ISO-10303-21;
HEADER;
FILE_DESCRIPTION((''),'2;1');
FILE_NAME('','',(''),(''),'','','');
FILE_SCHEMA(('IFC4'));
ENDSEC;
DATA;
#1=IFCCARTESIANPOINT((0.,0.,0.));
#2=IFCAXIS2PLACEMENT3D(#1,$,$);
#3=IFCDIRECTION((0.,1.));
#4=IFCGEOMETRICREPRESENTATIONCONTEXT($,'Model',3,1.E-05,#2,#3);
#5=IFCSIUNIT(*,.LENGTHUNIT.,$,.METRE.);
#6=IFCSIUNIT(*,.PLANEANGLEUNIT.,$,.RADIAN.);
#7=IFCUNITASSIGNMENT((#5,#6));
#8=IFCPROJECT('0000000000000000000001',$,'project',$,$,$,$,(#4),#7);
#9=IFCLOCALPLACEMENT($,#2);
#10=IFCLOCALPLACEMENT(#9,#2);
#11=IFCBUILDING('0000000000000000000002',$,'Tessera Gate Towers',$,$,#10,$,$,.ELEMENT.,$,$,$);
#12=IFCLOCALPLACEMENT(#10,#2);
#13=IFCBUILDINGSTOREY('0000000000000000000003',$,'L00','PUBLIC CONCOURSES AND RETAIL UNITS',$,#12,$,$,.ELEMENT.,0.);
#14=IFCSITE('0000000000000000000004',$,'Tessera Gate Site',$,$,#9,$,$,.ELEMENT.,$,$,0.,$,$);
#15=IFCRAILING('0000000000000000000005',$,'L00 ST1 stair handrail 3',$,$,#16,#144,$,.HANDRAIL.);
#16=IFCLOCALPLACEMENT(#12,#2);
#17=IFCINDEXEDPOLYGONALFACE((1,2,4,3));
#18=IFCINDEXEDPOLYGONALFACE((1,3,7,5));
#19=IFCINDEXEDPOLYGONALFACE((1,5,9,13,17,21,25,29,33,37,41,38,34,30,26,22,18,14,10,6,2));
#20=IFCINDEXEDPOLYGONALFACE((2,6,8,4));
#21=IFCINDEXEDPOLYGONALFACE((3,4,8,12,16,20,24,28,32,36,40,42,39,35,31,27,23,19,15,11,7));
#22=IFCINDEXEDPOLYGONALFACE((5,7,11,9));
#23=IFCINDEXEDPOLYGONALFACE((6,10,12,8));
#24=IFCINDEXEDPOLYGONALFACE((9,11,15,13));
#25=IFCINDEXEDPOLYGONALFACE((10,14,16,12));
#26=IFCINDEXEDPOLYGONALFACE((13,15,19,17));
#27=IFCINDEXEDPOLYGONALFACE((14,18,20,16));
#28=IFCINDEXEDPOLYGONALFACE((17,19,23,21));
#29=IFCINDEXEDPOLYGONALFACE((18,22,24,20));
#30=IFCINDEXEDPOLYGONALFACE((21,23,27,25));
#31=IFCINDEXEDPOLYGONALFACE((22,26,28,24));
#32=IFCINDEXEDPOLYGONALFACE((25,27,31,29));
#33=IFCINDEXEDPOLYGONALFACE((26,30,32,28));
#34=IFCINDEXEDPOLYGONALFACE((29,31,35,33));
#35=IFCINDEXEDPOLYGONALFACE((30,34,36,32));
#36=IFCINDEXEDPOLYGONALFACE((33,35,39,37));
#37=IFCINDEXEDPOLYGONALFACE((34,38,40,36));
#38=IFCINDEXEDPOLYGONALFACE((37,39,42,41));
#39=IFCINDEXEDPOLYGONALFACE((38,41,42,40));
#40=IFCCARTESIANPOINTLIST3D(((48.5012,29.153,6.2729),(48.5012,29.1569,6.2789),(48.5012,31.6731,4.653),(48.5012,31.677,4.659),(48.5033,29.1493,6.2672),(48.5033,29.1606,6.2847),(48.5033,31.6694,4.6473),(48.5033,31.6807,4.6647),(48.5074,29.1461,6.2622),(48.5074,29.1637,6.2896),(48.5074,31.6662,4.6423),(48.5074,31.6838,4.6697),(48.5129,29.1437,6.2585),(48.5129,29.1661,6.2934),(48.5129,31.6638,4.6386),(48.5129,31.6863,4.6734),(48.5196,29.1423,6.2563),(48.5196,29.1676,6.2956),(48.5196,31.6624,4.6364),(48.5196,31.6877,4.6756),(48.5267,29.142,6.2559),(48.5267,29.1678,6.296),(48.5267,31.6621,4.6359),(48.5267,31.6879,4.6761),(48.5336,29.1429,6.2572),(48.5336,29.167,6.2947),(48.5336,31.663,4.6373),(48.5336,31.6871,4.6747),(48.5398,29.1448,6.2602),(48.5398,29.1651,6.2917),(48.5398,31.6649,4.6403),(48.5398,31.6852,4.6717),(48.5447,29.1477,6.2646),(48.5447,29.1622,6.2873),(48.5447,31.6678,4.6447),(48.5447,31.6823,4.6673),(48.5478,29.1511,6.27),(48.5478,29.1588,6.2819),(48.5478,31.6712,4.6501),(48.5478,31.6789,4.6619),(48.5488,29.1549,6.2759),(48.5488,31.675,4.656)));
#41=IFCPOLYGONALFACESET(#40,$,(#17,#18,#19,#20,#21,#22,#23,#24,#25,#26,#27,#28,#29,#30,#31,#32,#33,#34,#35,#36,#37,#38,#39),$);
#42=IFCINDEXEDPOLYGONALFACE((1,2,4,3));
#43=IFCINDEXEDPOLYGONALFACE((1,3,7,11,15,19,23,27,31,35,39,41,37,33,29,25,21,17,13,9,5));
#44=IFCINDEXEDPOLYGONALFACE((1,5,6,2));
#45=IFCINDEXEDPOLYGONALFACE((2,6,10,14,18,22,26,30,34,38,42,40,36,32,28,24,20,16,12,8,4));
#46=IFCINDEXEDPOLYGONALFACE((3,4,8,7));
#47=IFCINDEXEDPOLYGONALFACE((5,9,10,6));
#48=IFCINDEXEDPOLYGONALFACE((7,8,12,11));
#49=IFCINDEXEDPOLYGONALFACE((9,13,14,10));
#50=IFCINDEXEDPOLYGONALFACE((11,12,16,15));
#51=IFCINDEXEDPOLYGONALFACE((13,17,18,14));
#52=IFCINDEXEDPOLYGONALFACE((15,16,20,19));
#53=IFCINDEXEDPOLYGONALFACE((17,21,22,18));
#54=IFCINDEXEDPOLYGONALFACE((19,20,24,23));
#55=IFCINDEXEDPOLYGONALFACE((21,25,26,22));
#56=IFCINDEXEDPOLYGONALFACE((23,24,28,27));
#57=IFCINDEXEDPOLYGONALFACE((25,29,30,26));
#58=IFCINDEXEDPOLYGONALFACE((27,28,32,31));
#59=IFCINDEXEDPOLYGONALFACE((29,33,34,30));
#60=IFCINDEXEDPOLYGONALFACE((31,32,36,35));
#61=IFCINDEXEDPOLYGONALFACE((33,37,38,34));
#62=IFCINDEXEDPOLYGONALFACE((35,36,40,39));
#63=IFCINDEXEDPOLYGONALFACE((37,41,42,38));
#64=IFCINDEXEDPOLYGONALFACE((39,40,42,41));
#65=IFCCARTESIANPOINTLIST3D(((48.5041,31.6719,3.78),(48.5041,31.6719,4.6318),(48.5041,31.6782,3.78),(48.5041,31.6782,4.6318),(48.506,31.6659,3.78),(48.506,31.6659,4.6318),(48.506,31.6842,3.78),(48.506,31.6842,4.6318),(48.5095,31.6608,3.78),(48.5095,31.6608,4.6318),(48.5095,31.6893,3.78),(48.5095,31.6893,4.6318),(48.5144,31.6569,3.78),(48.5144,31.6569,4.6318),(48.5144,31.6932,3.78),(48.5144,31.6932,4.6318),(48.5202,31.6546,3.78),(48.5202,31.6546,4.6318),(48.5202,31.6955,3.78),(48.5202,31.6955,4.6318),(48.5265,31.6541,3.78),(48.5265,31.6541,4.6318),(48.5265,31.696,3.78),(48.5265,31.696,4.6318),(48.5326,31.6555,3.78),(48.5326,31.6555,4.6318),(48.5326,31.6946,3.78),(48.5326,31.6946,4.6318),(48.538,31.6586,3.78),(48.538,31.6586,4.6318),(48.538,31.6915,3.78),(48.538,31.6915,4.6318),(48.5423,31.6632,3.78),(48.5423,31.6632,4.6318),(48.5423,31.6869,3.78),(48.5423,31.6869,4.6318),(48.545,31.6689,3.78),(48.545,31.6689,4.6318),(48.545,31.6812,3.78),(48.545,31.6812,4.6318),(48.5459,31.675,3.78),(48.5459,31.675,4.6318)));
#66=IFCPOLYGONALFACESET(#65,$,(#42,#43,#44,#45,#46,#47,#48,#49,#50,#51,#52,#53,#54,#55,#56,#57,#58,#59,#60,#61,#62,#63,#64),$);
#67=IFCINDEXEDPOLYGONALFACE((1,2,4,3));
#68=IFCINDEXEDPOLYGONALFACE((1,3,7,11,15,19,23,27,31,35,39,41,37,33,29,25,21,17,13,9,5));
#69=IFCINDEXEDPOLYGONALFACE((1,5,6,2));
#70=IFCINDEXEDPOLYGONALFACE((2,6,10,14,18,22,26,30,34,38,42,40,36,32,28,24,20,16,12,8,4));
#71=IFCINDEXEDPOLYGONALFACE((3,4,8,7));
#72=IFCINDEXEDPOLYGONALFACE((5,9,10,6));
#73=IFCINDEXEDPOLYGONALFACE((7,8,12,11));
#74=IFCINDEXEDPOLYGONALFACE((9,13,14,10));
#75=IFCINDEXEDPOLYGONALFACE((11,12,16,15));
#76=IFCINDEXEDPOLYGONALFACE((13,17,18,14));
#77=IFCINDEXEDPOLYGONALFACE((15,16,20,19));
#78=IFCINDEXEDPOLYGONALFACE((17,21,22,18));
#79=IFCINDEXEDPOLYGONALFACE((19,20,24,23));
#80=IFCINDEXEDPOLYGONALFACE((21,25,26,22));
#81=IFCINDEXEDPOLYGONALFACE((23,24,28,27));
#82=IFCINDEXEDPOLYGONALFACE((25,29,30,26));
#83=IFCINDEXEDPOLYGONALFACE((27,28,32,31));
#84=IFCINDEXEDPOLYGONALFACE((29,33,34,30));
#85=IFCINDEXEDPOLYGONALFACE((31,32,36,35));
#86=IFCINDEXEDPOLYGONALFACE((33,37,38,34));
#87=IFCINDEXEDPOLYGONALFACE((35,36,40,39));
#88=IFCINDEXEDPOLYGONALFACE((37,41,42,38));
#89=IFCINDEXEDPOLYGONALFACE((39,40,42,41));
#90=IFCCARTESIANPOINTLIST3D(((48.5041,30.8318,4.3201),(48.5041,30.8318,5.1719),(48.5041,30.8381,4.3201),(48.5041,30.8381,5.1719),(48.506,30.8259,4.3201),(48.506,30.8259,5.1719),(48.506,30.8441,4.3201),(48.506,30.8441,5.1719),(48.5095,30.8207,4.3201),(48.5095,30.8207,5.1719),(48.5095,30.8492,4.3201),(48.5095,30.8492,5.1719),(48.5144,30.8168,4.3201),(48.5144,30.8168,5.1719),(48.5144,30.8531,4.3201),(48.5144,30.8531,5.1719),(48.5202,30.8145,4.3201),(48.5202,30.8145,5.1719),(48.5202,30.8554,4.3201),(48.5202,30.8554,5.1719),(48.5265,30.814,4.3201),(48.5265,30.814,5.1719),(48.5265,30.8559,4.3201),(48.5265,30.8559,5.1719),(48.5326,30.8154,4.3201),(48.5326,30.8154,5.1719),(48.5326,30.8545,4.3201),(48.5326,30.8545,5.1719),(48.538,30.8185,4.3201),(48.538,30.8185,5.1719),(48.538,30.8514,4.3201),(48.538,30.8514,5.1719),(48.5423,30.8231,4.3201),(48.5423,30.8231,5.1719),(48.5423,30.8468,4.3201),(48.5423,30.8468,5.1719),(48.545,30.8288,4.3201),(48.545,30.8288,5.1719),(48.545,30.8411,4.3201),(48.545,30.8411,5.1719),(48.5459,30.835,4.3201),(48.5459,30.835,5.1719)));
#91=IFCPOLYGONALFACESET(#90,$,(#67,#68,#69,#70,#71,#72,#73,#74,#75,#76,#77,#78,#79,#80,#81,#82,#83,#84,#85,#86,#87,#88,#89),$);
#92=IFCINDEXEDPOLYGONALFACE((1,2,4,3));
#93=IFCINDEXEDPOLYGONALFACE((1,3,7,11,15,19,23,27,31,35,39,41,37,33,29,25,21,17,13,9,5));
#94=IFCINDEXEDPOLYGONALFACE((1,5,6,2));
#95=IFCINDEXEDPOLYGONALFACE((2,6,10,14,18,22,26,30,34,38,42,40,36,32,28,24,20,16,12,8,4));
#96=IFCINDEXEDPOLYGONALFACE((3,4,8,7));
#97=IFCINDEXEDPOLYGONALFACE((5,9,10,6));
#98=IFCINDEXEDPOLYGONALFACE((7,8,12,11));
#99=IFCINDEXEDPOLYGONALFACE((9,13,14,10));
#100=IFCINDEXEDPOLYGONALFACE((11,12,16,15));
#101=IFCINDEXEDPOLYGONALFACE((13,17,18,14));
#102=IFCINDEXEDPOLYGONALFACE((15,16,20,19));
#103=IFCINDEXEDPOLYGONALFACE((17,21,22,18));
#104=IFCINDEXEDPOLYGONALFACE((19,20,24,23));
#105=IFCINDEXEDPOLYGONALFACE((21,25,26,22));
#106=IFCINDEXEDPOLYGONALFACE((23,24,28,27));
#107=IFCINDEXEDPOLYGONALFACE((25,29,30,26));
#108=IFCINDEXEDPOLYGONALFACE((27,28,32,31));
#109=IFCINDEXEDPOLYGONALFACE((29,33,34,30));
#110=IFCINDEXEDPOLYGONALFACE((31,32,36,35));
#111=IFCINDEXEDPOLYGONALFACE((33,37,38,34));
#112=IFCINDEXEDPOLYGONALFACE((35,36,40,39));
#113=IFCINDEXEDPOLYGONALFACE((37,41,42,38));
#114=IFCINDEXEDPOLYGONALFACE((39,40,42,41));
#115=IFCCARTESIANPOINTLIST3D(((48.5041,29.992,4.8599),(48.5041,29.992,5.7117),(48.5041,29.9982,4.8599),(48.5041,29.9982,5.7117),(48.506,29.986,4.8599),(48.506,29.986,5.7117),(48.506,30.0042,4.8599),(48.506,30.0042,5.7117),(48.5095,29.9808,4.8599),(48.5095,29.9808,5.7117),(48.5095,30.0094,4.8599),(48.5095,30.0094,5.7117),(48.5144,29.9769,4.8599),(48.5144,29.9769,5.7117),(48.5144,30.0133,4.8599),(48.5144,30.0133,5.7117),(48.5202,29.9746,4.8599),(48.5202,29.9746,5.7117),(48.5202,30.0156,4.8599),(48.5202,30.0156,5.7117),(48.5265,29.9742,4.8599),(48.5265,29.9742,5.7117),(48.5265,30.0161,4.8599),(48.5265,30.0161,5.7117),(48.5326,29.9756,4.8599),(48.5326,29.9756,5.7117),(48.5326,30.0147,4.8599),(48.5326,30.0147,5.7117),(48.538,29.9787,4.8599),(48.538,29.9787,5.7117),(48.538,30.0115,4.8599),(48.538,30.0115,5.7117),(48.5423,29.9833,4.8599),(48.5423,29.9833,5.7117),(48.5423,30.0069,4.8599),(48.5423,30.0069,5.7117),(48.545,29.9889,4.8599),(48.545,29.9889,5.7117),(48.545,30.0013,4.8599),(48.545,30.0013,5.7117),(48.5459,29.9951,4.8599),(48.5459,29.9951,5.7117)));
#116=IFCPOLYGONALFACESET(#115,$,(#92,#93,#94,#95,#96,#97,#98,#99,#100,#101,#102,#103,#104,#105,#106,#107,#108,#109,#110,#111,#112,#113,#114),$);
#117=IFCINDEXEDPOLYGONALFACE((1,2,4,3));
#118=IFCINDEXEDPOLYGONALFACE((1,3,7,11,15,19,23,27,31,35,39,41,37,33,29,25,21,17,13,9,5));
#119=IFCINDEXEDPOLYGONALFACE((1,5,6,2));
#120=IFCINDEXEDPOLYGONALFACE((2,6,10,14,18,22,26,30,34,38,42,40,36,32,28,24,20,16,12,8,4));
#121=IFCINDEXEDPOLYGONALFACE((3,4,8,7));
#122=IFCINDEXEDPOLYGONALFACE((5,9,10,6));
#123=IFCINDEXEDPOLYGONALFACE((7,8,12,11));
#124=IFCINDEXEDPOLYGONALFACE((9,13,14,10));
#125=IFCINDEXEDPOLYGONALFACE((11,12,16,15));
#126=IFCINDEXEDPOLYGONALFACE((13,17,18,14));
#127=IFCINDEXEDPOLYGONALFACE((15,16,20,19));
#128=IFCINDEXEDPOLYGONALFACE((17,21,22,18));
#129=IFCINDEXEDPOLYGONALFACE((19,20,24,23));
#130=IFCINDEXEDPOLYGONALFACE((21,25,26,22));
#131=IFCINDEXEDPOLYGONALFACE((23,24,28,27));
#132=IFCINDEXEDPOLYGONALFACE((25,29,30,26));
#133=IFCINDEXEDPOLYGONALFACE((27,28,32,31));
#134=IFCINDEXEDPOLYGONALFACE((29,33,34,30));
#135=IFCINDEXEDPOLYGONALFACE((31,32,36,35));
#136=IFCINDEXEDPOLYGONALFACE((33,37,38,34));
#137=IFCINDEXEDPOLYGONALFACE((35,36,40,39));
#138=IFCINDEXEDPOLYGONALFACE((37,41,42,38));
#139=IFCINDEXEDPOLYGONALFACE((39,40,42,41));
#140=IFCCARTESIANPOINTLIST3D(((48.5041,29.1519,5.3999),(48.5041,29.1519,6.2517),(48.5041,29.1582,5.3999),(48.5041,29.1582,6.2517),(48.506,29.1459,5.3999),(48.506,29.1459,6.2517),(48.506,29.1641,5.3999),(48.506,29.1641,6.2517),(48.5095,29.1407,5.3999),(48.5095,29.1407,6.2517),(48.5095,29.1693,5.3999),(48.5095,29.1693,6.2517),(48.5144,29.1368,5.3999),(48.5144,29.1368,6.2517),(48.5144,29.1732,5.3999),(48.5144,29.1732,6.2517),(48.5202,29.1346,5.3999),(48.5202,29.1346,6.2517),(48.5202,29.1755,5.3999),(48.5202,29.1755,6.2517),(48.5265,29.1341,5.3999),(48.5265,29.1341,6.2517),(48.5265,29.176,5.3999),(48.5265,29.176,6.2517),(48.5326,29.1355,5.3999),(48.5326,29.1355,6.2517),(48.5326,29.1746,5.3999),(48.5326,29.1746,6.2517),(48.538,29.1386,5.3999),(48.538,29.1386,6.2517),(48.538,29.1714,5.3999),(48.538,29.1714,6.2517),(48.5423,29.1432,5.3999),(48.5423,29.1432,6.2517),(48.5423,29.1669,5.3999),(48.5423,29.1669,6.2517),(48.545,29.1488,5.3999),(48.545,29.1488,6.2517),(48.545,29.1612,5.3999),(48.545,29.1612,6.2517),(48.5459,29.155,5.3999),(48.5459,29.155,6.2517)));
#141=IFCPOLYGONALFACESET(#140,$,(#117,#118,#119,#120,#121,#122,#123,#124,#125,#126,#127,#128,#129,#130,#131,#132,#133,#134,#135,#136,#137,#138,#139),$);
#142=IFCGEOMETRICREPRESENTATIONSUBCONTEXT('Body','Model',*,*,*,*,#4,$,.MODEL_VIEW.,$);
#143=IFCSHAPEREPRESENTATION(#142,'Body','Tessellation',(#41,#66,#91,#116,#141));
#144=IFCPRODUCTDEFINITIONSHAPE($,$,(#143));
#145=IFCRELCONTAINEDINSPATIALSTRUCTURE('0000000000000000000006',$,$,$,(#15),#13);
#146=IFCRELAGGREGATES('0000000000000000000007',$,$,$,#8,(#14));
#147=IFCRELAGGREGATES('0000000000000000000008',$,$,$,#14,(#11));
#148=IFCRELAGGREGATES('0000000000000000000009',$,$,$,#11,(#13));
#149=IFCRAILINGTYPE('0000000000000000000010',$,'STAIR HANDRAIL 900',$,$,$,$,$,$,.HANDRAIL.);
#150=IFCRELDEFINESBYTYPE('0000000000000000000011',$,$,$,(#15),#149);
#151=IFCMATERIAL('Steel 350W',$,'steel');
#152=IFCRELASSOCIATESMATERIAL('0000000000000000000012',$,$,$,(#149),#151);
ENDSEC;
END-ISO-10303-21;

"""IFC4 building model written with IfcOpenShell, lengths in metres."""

from ifc_helpers import new_model, si_unit, direction, frame, origin, origin_2d, place, context, subcontext, project, spatial, circle, extrude, material, type_object, element, save


model = new_model("IFC4")

# Units and contexts
model_context = context("Model", 3, precision=1e-05, world=origin(), true_north=direction((0.0, 1.0)))
body_context = subcontext(model_context, "Body", "Model", "MODEL_VIEW")
ifc_project = project(units=[si_unit("LENGTHUNIT", "METRE"), si_unit("PLANEANGLEUNIT", "RADIAN")], contexts=[model_context])

# Site, building, storey
site_placement = place(None, origin())
site = spatial("IfcSite", under=ifc_project, at=site_placement, Name="Tessera Gate Site", CompositionType="ELEMENT", RefElevation=0.0)
building_placement = place(site_placement, origin())
building = spatial("IfcBuilding", under=site, at=building_placement, Name="Tessera Gate Towers", CompositionType="ELEMENT")
storey_placement = place(building_placement, origin())
storey = spatial("IfcBuildingStorey", under=building, at=storey_placement, Name="L00", Description="PUBLIC CONCOURSES AND RETAIL UNITS", CompositionType="ELEMENT", Elevation=0.0)

# Railing
ifc_material_1 = material(Name="Steel 350W", Category="steel")
railing_type_1 = type_object("IfcRailingType", Name="STAIR HANDRAIL 900", PredefinedType="HANDRAIL", material=ifc_material_1)
railing_1_placement = place(storey_placement, frame((48.5249, 31.675, 3.78)))
element("IfcRailing", 1, at=railing_1_placement, inside=storey, type_object=railing_type_1, Name="L00 ST1 stair handrail 3", PredefinedType="HANDRAIL", context=body_context, shape_type="SweptSolid", body=[
    extrude(circle(Radius=0.0239, at=origin_2d()), frame((0.0, 0.0, 0.876), z_axis=(0.0, -0.8412, 0.540725), x_axis=(1.0, 0.0, 0.0)), (0.0, 0.0, 1.0), 2.9958),
    extrude(circle(Radius=0.021, at=origin_2d()), origin(), (0.0, 0.0, 1.0), 0.8518),
    extrude(circle(Radius=0.021, at=origin_2d()), frame((0.0, -0.8401, 0.54)), (0.0, 0.0, 1.0), 0.8518),
    extrude(circle(Radius=0.021, at=origin_2d()), frame((0.0, -1.6799, 1.0798)), (0.0, 0.0, 1.0), 0.8518),
    extrude(circle(Radius=0.021, at=origin_2d()), frame((0.0, -2.52, 1.6199)), (0.0, 0.0, 1.0), 0.8518),
])

save(model, "model.ifc")
